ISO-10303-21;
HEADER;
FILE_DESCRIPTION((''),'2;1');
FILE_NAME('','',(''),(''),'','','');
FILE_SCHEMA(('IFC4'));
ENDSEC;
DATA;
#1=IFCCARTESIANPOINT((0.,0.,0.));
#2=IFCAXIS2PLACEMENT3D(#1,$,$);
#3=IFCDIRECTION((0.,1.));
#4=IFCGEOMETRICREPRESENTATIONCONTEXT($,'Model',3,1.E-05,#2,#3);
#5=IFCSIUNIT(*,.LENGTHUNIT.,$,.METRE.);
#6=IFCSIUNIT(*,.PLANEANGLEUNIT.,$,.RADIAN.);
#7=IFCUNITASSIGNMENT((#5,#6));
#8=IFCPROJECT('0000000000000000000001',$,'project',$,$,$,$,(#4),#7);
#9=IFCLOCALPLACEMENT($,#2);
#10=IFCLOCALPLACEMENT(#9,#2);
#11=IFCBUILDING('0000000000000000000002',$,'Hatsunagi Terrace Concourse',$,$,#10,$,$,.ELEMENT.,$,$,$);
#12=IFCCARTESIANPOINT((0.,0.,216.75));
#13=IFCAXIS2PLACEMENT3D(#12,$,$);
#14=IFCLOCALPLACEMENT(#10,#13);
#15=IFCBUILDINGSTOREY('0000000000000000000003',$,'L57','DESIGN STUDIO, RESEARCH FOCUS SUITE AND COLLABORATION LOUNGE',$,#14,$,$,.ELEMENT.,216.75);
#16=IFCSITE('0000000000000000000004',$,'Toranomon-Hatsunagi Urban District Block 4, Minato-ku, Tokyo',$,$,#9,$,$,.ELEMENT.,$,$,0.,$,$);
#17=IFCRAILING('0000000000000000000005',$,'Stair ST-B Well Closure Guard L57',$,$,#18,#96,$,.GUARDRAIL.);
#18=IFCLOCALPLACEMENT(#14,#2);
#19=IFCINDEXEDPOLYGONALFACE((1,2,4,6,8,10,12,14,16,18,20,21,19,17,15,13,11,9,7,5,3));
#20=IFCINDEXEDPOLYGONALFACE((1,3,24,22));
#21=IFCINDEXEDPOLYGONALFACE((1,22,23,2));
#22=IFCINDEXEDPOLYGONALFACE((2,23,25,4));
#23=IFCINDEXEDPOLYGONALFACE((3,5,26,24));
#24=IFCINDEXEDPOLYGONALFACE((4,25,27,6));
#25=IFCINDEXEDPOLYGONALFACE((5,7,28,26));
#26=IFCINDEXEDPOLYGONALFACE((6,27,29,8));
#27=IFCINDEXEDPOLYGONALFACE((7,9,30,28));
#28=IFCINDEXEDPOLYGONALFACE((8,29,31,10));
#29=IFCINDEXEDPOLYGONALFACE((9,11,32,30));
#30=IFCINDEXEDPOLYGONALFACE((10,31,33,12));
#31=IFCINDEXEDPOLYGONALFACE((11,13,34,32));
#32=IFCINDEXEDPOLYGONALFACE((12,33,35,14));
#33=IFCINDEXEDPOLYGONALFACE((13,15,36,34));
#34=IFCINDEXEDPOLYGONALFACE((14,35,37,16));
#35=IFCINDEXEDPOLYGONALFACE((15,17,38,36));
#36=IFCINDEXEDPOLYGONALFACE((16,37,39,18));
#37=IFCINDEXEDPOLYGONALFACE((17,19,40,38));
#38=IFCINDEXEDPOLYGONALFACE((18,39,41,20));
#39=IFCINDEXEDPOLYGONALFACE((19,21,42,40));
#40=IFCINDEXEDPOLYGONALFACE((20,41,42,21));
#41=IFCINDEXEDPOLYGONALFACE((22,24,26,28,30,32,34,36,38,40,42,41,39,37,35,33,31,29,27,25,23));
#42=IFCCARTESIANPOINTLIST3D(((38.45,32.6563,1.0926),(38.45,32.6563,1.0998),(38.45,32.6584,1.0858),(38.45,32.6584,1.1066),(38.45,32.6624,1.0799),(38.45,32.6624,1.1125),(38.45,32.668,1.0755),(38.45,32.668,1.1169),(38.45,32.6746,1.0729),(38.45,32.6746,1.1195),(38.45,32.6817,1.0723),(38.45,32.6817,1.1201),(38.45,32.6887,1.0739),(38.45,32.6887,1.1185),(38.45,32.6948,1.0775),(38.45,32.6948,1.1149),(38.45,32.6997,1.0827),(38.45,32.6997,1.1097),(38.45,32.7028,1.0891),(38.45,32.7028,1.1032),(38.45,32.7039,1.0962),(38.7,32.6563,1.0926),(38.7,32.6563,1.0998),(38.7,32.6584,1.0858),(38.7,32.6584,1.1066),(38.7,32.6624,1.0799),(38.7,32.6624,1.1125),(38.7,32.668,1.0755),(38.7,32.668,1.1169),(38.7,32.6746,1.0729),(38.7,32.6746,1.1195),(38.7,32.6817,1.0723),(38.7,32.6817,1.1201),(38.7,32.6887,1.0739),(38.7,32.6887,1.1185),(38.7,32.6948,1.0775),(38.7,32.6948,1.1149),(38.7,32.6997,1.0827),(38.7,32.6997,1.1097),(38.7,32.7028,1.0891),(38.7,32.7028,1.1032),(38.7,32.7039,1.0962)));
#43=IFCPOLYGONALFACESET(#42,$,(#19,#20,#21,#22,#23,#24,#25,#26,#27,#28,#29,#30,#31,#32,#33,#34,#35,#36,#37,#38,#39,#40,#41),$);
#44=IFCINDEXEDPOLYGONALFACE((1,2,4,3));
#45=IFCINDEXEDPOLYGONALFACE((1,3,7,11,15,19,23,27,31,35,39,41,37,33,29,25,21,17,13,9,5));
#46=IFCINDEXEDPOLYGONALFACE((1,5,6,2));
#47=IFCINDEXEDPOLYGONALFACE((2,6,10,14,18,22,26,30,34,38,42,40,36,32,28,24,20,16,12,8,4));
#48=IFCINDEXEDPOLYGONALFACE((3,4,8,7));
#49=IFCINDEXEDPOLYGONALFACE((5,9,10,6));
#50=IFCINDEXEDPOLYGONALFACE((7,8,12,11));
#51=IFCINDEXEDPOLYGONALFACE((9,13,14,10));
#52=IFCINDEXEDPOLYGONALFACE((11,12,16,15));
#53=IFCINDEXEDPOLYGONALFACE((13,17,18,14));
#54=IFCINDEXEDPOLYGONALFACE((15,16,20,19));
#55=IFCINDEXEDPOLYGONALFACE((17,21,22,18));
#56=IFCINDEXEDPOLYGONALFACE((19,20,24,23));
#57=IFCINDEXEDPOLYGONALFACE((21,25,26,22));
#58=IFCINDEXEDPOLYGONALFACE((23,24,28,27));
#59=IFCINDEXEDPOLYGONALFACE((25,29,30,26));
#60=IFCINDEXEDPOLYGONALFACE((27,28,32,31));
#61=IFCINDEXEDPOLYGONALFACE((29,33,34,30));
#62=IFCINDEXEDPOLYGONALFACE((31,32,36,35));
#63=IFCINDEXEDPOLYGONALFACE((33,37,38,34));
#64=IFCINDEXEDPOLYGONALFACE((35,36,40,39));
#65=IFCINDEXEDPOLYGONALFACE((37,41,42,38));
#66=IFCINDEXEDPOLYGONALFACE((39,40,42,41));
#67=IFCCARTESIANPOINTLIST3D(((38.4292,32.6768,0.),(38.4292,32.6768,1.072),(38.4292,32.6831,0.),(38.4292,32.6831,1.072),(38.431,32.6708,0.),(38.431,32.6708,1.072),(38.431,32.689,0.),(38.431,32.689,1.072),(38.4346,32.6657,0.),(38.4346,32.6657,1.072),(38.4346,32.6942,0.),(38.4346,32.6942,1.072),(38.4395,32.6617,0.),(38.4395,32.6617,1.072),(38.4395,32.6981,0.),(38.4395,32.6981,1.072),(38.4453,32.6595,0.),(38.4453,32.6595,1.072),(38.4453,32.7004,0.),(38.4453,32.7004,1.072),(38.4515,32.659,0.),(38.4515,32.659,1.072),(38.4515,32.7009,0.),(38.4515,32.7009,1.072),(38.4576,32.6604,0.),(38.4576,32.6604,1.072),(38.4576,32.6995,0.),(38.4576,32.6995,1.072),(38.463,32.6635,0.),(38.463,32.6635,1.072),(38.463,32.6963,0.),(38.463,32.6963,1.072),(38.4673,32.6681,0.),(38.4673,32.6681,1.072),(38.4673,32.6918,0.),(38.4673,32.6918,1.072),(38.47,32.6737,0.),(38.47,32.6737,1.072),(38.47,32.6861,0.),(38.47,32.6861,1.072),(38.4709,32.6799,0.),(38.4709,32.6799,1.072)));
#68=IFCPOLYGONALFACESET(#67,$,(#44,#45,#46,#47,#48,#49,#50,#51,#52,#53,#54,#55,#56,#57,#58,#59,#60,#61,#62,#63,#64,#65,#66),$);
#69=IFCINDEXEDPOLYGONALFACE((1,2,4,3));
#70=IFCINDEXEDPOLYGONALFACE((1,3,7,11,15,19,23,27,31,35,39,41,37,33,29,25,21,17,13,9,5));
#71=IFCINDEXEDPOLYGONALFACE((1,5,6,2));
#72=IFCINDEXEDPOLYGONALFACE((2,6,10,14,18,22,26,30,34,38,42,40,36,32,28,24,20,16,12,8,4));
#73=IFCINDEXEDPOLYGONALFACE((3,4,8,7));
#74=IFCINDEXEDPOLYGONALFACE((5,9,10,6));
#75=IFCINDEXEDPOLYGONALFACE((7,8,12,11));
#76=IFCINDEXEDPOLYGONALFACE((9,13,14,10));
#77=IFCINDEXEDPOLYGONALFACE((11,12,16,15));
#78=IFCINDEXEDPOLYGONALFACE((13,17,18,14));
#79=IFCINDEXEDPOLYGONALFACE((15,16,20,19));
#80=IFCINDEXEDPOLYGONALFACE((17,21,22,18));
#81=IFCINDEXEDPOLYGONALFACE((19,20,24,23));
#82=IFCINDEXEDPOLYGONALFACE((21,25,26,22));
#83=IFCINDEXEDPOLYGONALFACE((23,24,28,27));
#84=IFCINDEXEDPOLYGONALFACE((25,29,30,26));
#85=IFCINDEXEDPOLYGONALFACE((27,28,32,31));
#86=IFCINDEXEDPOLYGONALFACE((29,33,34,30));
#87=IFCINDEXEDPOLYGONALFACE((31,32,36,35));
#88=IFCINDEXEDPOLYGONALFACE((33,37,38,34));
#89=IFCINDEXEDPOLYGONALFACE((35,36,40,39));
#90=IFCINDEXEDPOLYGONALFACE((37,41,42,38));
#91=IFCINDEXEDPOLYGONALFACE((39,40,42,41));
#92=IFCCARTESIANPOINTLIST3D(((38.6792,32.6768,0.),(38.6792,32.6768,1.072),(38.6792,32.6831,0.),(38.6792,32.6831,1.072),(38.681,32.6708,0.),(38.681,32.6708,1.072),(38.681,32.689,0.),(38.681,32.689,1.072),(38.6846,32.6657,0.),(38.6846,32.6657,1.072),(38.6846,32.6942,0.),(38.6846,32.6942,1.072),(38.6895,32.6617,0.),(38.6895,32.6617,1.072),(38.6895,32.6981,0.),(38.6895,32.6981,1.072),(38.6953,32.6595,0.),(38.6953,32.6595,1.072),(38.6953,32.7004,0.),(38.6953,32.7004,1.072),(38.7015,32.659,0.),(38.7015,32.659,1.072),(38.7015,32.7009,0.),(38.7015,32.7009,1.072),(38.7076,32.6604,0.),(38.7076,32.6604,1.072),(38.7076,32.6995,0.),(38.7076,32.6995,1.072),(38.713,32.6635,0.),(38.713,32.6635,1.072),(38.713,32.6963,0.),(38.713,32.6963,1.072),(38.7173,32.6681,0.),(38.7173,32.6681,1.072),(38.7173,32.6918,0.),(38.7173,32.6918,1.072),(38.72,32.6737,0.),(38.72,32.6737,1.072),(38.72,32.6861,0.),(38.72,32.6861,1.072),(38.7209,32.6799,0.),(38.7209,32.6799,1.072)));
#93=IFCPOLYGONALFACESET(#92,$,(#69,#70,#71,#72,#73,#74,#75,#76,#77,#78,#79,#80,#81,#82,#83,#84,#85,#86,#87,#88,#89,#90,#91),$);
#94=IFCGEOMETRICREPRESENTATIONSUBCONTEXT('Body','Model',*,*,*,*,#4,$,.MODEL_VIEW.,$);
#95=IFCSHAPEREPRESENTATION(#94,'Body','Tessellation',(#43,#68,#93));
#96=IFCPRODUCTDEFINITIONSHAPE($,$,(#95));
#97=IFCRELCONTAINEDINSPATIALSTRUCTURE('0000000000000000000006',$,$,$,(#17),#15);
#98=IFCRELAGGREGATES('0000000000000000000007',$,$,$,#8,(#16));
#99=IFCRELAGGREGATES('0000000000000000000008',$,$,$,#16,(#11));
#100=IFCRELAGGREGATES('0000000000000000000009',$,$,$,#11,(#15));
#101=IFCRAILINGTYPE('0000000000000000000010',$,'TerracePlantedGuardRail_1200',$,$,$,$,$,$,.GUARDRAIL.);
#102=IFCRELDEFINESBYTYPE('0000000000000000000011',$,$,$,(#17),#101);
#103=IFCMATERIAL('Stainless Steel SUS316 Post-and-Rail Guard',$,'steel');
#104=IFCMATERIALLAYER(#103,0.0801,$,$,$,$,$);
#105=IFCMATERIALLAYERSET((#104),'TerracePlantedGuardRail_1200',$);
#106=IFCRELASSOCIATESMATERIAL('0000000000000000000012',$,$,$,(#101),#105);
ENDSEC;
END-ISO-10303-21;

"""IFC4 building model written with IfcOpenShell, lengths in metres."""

from ifc_helpers import new_model, si_unit, direction, frame, origin, origin_2d, place, context, subcontext, project, spatial, circle, extrude, material, layer, layer_set, type_object, element, save


model = new_model("IFC4")

# Units and contexts
model_context = context("Model", 3, precision=1e-05, world=origin(), true_north=direction((0.0, 1.0)))
body_context = subcontext(model_context, "Body", "Model", "MODEL_VIEW")
ifc_project = project(units=[si_unit("LENGTHUNIT", "METRE"), si_unit("PLANEANGLEUNIT", "RADIAN")], contexts=[model_context])

# Site, building, storey
site_placement = place(None, origin())
site = spatial("IfcSite", under=ifc_project, at=site_placement, Name="Toranomon-Hatsunagi Urban District Block 4, Minato-ku, Tokyo", CompositionType="ELEMENT", RefElevation=0.0)
building_placement = place(site_placement, origin())
building = spatial("IfcBuilding", under=site, at=building_placement, Name="Hatsunagi Terrace Concourse", CompositionType="ELEMENT")
storey_placement = place(building_placement, frame((0.0, 0.0, 216.75)))
storey = spatial("IfcBuildingStorey", under=building, at=storey_placement, Name="L57", Description="DESIGN STUDIO, RESEARCH FOCUS SUITE AND COLLABORATION LOUNGE", CompositionType="ELEMENT", Elevation=216.75)

# Railing
ifc_material_1 = material(Name="Stainless Steel SUS316 Post-and-Rail Guard", Category="steel")
ifc_layer_1 = layer(ifc_material_1, 0.0801)
ifc_layer_set_1 = layer_set([ifc_layer_1], Name="TerracePlantedGuardRail_1200")
railing_type_1 = type_object("IfcRailingType", Name="TerracePlantedGuardRail_1200", PredefinedType="GUARDRAIL", material=ifc_layer_set_1)
railing_1_placement = place(storey_placement, frame((38.45, 32.6799, 0.0)))
element("IfcRailing", 1, at=railing_1_placement, inside=storey, type_object=railing_type_1, Name="Stair ST-B Well Closure Guard L57", PredefinedType="GUARDRAIL", context=body_context, shape_type="SweptSolid", body=[
    extrude(circle(Radius=0.0239, at=origin_2d()), frame((0.0, 0.0, 1.0962), z_axis=(1.0, 0.0, 0.0), x_axis=(0.0, 1.0, 0.0)), (0.0, 0.0, 1.0), 0.25),
    extrude(circle(Radius=0.021, at=origin_2d()), origin(), (0.0, 0.0, 1.0), 1.072),
    extrude(circle(Radius=0.021, at=origin_2d()), frame((0.25, 0.0, 0.0)), (0.0, 0.0, 1.0), 1.072),
])

save(model, "model.ifc")
